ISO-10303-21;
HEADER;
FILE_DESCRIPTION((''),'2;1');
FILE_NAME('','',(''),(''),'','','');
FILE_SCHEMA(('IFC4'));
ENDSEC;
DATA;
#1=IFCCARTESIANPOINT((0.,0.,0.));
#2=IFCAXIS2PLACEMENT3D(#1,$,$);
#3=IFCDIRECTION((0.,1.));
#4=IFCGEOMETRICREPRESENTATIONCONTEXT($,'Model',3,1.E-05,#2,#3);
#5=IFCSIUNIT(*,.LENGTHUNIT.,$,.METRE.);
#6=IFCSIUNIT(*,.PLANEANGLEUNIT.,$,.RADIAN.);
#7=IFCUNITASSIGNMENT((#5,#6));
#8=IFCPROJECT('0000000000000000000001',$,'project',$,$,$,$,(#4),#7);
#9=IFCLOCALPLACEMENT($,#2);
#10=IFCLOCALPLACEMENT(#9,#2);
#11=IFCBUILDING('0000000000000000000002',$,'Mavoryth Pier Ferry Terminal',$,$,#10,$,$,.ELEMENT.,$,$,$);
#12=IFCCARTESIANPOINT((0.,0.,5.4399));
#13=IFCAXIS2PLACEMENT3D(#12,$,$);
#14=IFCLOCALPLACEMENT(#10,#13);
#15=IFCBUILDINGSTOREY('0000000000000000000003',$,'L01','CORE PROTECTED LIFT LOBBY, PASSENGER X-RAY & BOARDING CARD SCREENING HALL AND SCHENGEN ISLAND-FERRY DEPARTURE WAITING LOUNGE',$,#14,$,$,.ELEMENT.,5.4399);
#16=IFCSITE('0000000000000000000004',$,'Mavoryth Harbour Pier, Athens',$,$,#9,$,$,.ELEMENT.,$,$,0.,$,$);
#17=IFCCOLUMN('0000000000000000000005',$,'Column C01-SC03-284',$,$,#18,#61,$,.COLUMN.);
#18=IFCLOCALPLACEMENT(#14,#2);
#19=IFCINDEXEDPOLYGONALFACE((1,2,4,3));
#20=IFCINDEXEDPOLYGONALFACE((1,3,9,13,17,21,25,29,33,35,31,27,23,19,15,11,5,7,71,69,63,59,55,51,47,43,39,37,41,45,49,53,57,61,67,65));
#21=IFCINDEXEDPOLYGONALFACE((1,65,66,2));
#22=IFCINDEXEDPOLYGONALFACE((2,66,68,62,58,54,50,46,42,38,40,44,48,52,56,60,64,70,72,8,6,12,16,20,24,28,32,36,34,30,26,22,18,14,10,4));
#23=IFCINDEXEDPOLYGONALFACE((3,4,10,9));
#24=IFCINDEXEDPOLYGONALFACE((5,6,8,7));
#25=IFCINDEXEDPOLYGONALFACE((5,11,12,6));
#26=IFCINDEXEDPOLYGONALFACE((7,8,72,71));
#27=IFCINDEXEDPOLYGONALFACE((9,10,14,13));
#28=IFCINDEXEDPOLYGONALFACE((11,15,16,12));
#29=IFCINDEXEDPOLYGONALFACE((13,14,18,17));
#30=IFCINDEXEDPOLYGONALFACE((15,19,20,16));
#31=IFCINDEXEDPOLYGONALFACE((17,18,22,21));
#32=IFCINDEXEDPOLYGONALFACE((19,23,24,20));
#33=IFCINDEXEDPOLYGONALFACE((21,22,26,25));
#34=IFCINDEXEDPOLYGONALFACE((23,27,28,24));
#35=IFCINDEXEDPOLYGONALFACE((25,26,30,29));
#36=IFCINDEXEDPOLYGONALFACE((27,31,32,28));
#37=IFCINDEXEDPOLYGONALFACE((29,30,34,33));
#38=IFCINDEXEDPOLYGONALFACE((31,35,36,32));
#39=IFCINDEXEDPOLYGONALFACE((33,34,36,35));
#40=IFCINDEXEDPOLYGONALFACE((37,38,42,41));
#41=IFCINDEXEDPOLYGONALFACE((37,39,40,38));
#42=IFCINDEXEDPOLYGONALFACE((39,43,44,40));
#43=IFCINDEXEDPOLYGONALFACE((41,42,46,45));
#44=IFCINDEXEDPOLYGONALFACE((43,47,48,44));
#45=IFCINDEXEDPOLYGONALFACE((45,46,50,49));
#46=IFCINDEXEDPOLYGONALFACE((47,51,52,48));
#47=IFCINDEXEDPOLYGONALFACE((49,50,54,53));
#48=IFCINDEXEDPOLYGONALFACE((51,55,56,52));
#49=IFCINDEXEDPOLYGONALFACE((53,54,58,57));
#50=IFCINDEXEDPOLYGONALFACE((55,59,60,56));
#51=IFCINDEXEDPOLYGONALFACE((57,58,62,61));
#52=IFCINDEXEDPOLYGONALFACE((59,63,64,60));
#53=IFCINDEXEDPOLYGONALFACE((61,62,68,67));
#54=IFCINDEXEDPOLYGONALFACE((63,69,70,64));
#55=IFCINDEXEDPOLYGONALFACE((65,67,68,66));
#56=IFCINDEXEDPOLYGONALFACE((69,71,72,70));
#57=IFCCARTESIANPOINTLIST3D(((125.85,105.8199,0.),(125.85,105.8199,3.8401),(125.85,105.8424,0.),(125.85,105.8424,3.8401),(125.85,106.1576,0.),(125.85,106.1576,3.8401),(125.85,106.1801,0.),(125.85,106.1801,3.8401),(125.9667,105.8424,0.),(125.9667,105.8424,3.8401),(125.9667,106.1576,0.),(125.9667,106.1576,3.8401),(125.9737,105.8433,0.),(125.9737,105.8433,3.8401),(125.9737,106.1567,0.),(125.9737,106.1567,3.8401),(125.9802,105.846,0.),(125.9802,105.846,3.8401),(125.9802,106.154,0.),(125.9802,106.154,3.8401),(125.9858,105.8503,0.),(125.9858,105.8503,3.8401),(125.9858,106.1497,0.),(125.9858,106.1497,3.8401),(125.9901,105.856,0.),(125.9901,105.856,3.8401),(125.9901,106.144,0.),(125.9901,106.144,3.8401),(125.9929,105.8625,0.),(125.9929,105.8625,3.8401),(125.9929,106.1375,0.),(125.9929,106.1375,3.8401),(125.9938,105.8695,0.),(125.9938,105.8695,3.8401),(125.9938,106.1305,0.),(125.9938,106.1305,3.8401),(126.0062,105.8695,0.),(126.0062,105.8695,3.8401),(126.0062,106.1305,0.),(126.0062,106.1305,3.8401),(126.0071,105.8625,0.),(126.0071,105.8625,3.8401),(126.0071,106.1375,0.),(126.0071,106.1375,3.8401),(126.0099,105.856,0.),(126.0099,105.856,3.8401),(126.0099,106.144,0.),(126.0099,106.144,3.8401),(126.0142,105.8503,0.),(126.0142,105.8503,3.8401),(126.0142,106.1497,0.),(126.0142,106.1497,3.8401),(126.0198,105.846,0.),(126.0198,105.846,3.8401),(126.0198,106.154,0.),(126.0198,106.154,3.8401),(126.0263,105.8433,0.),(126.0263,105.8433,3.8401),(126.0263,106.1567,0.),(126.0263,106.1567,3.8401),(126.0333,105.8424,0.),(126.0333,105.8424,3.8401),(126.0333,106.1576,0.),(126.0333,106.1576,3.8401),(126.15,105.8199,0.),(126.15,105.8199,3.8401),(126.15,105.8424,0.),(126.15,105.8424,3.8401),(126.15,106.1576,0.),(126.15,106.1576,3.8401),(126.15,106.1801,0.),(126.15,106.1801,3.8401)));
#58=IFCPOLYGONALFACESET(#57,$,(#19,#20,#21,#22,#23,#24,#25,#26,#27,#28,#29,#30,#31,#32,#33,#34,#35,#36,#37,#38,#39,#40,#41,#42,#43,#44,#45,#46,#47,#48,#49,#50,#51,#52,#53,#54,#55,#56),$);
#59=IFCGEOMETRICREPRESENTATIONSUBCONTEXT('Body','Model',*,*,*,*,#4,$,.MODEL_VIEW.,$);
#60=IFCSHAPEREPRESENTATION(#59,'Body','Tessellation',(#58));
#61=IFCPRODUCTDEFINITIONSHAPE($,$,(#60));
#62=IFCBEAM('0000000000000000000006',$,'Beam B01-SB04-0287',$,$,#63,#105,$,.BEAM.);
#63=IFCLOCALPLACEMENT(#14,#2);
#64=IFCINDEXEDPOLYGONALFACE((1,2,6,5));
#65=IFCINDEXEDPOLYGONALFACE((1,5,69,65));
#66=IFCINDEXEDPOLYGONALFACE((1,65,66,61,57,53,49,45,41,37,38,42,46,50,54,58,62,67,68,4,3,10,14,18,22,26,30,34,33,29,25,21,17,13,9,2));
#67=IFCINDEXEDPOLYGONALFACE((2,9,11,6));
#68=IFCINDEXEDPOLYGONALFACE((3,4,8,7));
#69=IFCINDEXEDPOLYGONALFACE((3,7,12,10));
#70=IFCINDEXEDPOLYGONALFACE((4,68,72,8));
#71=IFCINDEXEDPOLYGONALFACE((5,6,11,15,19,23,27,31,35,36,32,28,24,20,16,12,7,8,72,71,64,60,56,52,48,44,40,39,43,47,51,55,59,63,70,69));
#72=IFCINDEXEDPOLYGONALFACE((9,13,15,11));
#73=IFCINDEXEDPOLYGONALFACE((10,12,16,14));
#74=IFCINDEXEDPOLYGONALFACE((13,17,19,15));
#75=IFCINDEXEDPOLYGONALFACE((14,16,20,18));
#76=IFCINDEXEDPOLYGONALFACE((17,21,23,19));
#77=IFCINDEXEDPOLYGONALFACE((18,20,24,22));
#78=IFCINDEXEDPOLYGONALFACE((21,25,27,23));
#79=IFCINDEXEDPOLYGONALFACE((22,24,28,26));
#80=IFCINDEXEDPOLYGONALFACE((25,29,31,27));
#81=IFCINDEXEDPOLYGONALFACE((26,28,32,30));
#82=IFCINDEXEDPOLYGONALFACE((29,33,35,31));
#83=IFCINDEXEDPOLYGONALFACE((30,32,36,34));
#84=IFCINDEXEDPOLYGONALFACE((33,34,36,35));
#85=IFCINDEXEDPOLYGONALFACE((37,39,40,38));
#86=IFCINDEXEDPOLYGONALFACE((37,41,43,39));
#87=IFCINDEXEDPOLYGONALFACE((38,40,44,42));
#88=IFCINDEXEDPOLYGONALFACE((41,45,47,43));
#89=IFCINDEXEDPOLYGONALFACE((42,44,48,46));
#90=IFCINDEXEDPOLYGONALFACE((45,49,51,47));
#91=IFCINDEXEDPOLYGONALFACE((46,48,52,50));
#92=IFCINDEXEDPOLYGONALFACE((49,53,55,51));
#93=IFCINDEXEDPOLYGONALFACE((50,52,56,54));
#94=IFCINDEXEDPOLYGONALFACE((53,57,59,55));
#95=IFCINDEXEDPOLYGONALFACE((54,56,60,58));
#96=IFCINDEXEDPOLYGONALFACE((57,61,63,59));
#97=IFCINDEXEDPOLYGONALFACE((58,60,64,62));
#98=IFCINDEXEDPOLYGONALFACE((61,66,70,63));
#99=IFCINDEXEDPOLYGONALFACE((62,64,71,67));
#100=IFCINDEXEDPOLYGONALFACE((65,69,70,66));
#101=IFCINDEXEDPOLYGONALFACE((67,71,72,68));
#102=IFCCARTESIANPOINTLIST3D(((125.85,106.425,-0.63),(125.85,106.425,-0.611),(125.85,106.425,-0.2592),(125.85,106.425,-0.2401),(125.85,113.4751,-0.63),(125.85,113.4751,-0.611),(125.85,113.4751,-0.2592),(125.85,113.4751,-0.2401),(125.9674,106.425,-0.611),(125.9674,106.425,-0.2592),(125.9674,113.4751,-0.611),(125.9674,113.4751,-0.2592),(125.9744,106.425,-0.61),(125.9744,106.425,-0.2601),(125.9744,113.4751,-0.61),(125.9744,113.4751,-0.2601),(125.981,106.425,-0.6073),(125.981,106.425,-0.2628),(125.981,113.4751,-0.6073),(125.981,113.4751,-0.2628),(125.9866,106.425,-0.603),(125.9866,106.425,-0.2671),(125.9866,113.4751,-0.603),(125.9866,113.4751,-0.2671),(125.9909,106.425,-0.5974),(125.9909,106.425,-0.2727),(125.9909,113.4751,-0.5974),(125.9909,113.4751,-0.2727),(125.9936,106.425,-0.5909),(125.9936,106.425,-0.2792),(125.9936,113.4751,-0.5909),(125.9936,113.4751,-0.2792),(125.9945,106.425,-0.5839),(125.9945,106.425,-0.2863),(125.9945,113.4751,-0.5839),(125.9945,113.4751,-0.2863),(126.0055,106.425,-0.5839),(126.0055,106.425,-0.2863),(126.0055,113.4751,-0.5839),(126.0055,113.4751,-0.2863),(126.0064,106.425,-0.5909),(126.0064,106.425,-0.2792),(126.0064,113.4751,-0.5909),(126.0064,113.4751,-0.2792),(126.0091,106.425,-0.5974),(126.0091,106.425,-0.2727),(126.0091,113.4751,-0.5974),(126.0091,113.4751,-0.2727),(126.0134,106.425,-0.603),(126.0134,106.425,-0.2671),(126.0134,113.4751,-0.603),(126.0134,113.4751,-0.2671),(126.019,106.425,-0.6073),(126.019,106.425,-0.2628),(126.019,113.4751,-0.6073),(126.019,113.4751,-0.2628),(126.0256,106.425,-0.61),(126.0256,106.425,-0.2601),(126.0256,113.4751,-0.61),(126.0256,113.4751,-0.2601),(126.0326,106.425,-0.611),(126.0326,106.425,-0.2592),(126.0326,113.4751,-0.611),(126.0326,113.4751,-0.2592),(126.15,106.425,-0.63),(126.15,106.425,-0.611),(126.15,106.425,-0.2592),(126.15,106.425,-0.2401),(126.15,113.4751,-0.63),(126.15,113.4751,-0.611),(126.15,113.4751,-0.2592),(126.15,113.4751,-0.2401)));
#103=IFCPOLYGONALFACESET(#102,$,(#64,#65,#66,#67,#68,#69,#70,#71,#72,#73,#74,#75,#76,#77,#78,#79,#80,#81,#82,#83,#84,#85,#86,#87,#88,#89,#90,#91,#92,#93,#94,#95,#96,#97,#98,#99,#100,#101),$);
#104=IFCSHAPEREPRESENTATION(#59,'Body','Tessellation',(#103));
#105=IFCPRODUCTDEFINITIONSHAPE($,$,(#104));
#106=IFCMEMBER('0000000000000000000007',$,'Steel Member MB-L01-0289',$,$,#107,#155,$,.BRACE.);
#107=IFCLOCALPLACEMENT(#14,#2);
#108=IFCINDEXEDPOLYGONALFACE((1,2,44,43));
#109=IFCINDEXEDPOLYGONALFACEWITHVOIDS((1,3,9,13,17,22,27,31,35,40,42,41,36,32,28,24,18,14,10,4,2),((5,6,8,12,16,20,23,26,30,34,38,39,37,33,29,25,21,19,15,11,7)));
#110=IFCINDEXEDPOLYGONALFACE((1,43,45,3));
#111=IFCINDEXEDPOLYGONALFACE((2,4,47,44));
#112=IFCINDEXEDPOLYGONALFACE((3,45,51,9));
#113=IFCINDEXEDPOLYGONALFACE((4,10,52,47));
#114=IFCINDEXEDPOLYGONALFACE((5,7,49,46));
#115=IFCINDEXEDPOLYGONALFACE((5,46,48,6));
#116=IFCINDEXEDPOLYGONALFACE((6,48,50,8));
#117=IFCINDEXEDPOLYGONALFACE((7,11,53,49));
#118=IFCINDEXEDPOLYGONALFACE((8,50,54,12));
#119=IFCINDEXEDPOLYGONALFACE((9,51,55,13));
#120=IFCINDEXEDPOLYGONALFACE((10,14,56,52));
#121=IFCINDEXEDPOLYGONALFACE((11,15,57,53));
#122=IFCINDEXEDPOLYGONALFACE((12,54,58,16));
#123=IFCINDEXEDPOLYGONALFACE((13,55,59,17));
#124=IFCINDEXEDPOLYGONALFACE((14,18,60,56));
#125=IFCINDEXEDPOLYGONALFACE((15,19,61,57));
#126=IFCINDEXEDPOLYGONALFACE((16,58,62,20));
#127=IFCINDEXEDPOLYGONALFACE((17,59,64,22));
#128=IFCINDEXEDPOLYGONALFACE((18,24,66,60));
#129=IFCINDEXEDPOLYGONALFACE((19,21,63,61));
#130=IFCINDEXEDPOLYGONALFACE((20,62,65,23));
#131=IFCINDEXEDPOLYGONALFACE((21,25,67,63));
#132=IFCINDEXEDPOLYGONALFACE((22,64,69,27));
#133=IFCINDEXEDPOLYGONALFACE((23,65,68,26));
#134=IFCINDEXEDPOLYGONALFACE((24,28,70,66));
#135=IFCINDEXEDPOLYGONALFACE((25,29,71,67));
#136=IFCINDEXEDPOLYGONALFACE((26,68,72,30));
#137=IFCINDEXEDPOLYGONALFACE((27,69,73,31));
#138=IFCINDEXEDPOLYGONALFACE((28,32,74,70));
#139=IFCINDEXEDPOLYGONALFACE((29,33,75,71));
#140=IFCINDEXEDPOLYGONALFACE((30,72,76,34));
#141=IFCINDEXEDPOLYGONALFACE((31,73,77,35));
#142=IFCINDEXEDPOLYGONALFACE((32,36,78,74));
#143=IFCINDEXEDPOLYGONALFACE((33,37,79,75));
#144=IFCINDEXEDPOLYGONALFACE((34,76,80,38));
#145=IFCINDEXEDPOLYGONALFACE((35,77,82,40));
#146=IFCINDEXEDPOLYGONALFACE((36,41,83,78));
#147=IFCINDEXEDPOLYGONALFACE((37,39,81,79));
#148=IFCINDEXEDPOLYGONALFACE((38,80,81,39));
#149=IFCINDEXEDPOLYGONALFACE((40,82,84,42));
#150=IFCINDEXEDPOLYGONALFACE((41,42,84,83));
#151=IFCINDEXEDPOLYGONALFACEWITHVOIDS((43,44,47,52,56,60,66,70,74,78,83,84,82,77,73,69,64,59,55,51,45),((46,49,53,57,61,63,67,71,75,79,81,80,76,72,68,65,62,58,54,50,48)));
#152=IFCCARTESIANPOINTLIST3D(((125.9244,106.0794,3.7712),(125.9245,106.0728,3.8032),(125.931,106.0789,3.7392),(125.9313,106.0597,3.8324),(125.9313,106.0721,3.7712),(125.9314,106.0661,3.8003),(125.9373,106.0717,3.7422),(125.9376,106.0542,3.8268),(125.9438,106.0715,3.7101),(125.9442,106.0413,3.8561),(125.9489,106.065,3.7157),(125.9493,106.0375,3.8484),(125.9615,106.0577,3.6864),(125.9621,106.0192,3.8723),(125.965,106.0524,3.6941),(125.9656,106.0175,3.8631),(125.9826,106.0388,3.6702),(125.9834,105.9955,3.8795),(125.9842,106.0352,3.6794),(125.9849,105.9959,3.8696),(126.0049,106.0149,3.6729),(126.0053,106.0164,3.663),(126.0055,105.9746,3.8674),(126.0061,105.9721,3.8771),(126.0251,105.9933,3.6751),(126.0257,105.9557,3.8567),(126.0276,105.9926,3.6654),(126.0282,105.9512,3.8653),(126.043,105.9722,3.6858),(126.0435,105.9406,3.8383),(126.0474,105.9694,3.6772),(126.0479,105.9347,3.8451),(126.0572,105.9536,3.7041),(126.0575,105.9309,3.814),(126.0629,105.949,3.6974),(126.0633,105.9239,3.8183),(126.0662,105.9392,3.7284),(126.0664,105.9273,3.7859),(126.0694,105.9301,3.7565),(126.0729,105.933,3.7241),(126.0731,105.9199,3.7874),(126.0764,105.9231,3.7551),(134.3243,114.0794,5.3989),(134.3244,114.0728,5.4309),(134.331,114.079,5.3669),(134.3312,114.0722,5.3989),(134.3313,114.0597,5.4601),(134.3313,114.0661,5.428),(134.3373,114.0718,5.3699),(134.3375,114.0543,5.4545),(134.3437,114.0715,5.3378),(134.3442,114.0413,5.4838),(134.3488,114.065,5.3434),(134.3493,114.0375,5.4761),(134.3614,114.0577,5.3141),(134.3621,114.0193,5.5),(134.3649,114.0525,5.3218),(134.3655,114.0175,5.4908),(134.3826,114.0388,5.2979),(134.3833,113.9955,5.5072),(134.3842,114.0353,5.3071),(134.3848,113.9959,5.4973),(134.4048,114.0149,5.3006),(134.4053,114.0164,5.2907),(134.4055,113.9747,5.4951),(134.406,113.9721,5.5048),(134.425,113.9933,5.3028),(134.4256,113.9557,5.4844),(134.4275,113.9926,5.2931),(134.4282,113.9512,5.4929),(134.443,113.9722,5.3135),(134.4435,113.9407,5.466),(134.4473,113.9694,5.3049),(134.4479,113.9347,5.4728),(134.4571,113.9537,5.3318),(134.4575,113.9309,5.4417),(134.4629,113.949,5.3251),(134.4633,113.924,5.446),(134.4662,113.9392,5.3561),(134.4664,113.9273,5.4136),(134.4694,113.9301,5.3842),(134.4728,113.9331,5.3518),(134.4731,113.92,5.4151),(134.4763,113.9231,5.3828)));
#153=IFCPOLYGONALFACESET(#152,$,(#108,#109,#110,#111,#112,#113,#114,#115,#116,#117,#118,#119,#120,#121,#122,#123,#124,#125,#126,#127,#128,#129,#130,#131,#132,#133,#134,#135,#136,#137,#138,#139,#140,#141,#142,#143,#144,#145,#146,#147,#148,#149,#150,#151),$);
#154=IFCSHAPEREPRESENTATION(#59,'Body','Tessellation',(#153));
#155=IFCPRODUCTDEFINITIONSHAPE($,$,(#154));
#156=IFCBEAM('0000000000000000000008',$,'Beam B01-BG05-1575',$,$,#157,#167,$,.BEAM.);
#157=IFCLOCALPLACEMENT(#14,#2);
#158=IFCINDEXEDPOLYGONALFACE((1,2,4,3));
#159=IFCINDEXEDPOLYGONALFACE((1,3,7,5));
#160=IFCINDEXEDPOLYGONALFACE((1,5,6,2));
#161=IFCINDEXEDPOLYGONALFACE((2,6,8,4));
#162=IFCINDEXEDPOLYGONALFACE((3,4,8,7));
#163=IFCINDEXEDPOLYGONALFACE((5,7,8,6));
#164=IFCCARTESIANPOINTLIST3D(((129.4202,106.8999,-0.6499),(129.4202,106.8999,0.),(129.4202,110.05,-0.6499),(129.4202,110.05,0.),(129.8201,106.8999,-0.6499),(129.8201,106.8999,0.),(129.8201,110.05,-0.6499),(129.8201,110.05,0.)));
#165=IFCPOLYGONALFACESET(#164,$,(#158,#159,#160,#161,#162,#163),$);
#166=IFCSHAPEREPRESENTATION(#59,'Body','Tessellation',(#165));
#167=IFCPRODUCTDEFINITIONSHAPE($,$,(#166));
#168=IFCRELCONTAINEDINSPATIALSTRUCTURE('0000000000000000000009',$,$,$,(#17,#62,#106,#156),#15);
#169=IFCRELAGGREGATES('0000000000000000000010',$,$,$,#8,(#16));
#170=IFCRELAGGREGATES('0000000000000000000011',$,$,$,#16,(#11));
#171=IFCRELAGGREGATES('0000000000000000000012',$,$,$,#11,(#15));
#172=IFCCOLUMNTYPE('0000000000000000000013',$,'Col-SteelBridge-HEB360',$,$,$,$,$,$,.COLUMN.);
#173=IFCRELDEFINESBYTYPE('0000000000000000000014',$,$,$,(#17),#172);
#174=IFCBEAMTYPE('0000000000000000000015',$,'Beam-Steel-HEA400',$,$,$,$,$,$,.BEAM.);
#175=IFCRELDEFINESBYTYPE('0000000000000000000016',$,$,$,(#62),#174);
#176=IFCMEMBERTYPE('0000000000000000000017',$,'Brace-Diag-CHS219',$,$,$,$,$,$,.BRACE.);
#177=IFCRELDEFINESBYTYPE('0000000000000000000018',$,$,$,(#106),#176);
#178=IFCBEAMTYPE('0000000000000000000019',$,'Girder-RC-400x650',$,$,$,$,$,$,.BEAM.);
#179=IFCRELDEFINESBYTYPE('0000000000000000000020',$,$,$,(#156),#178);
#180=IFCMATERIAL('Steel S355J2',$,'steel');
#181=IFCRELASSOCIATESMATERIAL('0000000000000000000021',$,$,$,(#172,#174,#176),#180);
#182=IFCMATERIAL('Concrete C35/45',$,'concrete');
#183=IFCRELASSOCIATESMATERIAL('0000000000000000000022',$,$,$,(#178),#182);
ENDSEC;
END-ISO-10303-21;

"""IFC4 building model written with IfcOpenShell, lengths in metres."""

from ifc_helpers import new_model, si_unit, direction, frame, origin, origin_2d, place, context, subcontext, project, spatial, rectangle, hollow_circle, i_section, extrude, material, material_profile, profile_set, type_object, element, save


model = new_model("IFC4")

# Units and contexts
model_context = context("Model", 3, precision=1e-05, world=origin(), true_north=direction((0.0, 1.0)))
body_context = subcontext(model_context, "Body", "Model", "MODEL_VIEW")
ifc_project = project(units=[si_unit("LENGTHUNIT", "METRE"), si_unit("PLANEANGLEUNIT", "RADIAN")], contexts=[model_context])

# Site, building, storey
site_placement = place(None, origin())
site = spatial("IfcSite", under=ifc_project, at=site_placement, Name="Mavoryth Harbour Pier, Athens", CompositionType="ELEMENT", RefElevation=0.0)
building_placement = place(site_placement, origin())
building = spatial("IfcBuilding", under=site, at=building_placement, Name="Mavoryth Pier Ferry Terminal", CompositionType="ELEMENT")
storey_placement = place(building_placement, frame((0.0, 0.0, 5.4399)))
storey = spatial("IfcBuildingStorey", under=building, at=storey_placement, Name="L01", Description="CORE PROTECTED LIFT LOBBY, PASSENGER X-RAY & BOARDING CARD SCREENING HALL AND SCHENGEN ISLAND-FERRY DEPARTURE WAITING LOUNGE", CompositionType="ELEMENT", Elevation=5.4399)

# Column
ifc_material_1 = material(Name="Steel S355J2", Category="steel")
ifc_material_profile_1 = material_profile(ifc_material_1, i_section(OverallWidth=0.3, OverallDepth=0.3601, WebThickness=0.0125, FlangeThickness=0.0225, FilletRadius=0.0271, at=origin_2d()), Name="HEB 360", Category="steel")
ifc_profile_set_1 = profile_set([ifc_material_profile_1], Name="Steel S355J2 - HEB 360")
column_type = type_object("IfcColumnType", Name="Col-SteelBridge-HEB360", PredefinedType="COLUMN", material=ifc_profile_set_1)
column_placement = place(storey_placement, frame((126.0, 106.0, 0.0), z_axis=(0.0, 0.0, 1.0), x_axis=(1.0, 0.0, 0.0)))
element("IfcColumn", 1, at=column_placement, inside=storey, type_object=column_type, Name="Column C01-SC03-284", PredefinedType="COLUMN", context=body_context, shape_type="SweptSolid", body=[
    extrude(i_section(OverallWidth=0.3, OverallDepth=0.3601, WebThickness=0.0125, FlangeThickness=0.0225, FilletRadius=0.0271, at=origin_2d()), origin(), (0.0, 0.0, 1.0), 3.8401),
])

# Beam
ifc_material_profile_2 = material_profile(ifc_material_1, i_section(OverallWidth=0.3, OverallDepth=0.3899, WebThickness=0.011, FlangeThickness=0.019, FilletRadius=0.0271, at=origin_2d()), Name="HEA 400", Category="steel")
ifc_profile_set_2 = profile_set([ifc_material_profile_2], Name="Steel S355J2 - HEA 400")
beam_type_1 = type_object("IfcBeamType", Name="Beam-Steel-HEA400", PredefinedType="BEAM", material=ifc_profile_set_2)
beam_1_placement = place(storey_placement, frame((126.0, 106.425, -0.4351), z_axis=(0.0, 1.0, 0.0), x_axis=(-1.0, 0.0, 0.0)))
element("IfcBeam", 2, at=beam_1_placement, inside=storey, type_object=beam_type_1, Name="Beam B01-SB04-0287", PredefinedType="BEAM", context=body_context, shape_type="SweptSolid", body=[
    extrude(i_section(OverallWidth=0.3, OverallDepth=0.3899, WebThickness=0.011, FlangeThickness=0.019, FilletRadius=0.0271, at=origin_2d()), origin(), (0.0, 0.0, 1.0), 7.05),
])

# Member
ifc_material_profile_3 = material_profile(ifc_material_1, hollow_circle(Radius=0.1096, WallThickness=0.01, at=origin_2d()), Name="CHS 219.1x10.0", Category="steel")
ifc_profile_set_3 = profile_set([ifc_material_profile_3], Name="Steel S355J2 - CHS 219.1x10.0")
member_type_1 = type_object("IfcMemberType", Name="Brace-Diag-CHS219", PredefinedType="BRACE", material=ifc_profile_set_3)
member_1_placement = place(storey_placement, frame((126.0, 106.0, 3.7712), z_axis=(0.717109, 0.682969, 0.138957), x_axis=(-0.689659, 0.724134, 0.0)))
element("IfcMember", 3, at=member_1_placement, inside=storey, type_object=member_type_1, Name="Steel Member MB-L01-0289", PredefinedType="BRACE", context=body_context, shape_type="SweptSolid", body=[
    extrude(hollow_circle(Radius=0.1096, WallThickness=0.01, at=origin_2d()), origin(), (0.0, 0.0, 1.0), 11.7136),
])

# Beam
ifc_material_2 = material(Name="Concrete C35/45", Category="concrete")
ifc_material_profile_4 = material_profile(ifc_material_2, rectangle(XDim=0.3999, YDim=0.6499, at=origin_2d()), Name="RC 400x650", Category="concrete")
ifc_profile_set_4 = profile_set([ifc_material_profile_4], Name="Concrete C35/45 - RC 400x650")
beam_type_2 = type_object("IfcBeamType", Name="Girder-RC-400x650", PredefinedType="BEAM", material=ifc_profile_set_4)
beam_2_placement = place(storey_placement, frame((129.6201, 106.8999, -0.325), z_axis=(0.0, 1.0, 0.0), x_axis=(-1.0, 0.0, 0.0)))
element("IfcBeam", 4, at=beam_2_placement, inside=storey, type_object=beam_type_2, Name="Beam B01-BG05-1575", PredefinedType="BEAM", context=body_context, shape_type="SweptSolid", body=[
    extrude(rectangle(XDim=0.3999, YDim=0.6499, at=origin_2d()), origin(), (0.0, 0.0, 1.0), 3.1501),
])

save(model, "model.ifc")
